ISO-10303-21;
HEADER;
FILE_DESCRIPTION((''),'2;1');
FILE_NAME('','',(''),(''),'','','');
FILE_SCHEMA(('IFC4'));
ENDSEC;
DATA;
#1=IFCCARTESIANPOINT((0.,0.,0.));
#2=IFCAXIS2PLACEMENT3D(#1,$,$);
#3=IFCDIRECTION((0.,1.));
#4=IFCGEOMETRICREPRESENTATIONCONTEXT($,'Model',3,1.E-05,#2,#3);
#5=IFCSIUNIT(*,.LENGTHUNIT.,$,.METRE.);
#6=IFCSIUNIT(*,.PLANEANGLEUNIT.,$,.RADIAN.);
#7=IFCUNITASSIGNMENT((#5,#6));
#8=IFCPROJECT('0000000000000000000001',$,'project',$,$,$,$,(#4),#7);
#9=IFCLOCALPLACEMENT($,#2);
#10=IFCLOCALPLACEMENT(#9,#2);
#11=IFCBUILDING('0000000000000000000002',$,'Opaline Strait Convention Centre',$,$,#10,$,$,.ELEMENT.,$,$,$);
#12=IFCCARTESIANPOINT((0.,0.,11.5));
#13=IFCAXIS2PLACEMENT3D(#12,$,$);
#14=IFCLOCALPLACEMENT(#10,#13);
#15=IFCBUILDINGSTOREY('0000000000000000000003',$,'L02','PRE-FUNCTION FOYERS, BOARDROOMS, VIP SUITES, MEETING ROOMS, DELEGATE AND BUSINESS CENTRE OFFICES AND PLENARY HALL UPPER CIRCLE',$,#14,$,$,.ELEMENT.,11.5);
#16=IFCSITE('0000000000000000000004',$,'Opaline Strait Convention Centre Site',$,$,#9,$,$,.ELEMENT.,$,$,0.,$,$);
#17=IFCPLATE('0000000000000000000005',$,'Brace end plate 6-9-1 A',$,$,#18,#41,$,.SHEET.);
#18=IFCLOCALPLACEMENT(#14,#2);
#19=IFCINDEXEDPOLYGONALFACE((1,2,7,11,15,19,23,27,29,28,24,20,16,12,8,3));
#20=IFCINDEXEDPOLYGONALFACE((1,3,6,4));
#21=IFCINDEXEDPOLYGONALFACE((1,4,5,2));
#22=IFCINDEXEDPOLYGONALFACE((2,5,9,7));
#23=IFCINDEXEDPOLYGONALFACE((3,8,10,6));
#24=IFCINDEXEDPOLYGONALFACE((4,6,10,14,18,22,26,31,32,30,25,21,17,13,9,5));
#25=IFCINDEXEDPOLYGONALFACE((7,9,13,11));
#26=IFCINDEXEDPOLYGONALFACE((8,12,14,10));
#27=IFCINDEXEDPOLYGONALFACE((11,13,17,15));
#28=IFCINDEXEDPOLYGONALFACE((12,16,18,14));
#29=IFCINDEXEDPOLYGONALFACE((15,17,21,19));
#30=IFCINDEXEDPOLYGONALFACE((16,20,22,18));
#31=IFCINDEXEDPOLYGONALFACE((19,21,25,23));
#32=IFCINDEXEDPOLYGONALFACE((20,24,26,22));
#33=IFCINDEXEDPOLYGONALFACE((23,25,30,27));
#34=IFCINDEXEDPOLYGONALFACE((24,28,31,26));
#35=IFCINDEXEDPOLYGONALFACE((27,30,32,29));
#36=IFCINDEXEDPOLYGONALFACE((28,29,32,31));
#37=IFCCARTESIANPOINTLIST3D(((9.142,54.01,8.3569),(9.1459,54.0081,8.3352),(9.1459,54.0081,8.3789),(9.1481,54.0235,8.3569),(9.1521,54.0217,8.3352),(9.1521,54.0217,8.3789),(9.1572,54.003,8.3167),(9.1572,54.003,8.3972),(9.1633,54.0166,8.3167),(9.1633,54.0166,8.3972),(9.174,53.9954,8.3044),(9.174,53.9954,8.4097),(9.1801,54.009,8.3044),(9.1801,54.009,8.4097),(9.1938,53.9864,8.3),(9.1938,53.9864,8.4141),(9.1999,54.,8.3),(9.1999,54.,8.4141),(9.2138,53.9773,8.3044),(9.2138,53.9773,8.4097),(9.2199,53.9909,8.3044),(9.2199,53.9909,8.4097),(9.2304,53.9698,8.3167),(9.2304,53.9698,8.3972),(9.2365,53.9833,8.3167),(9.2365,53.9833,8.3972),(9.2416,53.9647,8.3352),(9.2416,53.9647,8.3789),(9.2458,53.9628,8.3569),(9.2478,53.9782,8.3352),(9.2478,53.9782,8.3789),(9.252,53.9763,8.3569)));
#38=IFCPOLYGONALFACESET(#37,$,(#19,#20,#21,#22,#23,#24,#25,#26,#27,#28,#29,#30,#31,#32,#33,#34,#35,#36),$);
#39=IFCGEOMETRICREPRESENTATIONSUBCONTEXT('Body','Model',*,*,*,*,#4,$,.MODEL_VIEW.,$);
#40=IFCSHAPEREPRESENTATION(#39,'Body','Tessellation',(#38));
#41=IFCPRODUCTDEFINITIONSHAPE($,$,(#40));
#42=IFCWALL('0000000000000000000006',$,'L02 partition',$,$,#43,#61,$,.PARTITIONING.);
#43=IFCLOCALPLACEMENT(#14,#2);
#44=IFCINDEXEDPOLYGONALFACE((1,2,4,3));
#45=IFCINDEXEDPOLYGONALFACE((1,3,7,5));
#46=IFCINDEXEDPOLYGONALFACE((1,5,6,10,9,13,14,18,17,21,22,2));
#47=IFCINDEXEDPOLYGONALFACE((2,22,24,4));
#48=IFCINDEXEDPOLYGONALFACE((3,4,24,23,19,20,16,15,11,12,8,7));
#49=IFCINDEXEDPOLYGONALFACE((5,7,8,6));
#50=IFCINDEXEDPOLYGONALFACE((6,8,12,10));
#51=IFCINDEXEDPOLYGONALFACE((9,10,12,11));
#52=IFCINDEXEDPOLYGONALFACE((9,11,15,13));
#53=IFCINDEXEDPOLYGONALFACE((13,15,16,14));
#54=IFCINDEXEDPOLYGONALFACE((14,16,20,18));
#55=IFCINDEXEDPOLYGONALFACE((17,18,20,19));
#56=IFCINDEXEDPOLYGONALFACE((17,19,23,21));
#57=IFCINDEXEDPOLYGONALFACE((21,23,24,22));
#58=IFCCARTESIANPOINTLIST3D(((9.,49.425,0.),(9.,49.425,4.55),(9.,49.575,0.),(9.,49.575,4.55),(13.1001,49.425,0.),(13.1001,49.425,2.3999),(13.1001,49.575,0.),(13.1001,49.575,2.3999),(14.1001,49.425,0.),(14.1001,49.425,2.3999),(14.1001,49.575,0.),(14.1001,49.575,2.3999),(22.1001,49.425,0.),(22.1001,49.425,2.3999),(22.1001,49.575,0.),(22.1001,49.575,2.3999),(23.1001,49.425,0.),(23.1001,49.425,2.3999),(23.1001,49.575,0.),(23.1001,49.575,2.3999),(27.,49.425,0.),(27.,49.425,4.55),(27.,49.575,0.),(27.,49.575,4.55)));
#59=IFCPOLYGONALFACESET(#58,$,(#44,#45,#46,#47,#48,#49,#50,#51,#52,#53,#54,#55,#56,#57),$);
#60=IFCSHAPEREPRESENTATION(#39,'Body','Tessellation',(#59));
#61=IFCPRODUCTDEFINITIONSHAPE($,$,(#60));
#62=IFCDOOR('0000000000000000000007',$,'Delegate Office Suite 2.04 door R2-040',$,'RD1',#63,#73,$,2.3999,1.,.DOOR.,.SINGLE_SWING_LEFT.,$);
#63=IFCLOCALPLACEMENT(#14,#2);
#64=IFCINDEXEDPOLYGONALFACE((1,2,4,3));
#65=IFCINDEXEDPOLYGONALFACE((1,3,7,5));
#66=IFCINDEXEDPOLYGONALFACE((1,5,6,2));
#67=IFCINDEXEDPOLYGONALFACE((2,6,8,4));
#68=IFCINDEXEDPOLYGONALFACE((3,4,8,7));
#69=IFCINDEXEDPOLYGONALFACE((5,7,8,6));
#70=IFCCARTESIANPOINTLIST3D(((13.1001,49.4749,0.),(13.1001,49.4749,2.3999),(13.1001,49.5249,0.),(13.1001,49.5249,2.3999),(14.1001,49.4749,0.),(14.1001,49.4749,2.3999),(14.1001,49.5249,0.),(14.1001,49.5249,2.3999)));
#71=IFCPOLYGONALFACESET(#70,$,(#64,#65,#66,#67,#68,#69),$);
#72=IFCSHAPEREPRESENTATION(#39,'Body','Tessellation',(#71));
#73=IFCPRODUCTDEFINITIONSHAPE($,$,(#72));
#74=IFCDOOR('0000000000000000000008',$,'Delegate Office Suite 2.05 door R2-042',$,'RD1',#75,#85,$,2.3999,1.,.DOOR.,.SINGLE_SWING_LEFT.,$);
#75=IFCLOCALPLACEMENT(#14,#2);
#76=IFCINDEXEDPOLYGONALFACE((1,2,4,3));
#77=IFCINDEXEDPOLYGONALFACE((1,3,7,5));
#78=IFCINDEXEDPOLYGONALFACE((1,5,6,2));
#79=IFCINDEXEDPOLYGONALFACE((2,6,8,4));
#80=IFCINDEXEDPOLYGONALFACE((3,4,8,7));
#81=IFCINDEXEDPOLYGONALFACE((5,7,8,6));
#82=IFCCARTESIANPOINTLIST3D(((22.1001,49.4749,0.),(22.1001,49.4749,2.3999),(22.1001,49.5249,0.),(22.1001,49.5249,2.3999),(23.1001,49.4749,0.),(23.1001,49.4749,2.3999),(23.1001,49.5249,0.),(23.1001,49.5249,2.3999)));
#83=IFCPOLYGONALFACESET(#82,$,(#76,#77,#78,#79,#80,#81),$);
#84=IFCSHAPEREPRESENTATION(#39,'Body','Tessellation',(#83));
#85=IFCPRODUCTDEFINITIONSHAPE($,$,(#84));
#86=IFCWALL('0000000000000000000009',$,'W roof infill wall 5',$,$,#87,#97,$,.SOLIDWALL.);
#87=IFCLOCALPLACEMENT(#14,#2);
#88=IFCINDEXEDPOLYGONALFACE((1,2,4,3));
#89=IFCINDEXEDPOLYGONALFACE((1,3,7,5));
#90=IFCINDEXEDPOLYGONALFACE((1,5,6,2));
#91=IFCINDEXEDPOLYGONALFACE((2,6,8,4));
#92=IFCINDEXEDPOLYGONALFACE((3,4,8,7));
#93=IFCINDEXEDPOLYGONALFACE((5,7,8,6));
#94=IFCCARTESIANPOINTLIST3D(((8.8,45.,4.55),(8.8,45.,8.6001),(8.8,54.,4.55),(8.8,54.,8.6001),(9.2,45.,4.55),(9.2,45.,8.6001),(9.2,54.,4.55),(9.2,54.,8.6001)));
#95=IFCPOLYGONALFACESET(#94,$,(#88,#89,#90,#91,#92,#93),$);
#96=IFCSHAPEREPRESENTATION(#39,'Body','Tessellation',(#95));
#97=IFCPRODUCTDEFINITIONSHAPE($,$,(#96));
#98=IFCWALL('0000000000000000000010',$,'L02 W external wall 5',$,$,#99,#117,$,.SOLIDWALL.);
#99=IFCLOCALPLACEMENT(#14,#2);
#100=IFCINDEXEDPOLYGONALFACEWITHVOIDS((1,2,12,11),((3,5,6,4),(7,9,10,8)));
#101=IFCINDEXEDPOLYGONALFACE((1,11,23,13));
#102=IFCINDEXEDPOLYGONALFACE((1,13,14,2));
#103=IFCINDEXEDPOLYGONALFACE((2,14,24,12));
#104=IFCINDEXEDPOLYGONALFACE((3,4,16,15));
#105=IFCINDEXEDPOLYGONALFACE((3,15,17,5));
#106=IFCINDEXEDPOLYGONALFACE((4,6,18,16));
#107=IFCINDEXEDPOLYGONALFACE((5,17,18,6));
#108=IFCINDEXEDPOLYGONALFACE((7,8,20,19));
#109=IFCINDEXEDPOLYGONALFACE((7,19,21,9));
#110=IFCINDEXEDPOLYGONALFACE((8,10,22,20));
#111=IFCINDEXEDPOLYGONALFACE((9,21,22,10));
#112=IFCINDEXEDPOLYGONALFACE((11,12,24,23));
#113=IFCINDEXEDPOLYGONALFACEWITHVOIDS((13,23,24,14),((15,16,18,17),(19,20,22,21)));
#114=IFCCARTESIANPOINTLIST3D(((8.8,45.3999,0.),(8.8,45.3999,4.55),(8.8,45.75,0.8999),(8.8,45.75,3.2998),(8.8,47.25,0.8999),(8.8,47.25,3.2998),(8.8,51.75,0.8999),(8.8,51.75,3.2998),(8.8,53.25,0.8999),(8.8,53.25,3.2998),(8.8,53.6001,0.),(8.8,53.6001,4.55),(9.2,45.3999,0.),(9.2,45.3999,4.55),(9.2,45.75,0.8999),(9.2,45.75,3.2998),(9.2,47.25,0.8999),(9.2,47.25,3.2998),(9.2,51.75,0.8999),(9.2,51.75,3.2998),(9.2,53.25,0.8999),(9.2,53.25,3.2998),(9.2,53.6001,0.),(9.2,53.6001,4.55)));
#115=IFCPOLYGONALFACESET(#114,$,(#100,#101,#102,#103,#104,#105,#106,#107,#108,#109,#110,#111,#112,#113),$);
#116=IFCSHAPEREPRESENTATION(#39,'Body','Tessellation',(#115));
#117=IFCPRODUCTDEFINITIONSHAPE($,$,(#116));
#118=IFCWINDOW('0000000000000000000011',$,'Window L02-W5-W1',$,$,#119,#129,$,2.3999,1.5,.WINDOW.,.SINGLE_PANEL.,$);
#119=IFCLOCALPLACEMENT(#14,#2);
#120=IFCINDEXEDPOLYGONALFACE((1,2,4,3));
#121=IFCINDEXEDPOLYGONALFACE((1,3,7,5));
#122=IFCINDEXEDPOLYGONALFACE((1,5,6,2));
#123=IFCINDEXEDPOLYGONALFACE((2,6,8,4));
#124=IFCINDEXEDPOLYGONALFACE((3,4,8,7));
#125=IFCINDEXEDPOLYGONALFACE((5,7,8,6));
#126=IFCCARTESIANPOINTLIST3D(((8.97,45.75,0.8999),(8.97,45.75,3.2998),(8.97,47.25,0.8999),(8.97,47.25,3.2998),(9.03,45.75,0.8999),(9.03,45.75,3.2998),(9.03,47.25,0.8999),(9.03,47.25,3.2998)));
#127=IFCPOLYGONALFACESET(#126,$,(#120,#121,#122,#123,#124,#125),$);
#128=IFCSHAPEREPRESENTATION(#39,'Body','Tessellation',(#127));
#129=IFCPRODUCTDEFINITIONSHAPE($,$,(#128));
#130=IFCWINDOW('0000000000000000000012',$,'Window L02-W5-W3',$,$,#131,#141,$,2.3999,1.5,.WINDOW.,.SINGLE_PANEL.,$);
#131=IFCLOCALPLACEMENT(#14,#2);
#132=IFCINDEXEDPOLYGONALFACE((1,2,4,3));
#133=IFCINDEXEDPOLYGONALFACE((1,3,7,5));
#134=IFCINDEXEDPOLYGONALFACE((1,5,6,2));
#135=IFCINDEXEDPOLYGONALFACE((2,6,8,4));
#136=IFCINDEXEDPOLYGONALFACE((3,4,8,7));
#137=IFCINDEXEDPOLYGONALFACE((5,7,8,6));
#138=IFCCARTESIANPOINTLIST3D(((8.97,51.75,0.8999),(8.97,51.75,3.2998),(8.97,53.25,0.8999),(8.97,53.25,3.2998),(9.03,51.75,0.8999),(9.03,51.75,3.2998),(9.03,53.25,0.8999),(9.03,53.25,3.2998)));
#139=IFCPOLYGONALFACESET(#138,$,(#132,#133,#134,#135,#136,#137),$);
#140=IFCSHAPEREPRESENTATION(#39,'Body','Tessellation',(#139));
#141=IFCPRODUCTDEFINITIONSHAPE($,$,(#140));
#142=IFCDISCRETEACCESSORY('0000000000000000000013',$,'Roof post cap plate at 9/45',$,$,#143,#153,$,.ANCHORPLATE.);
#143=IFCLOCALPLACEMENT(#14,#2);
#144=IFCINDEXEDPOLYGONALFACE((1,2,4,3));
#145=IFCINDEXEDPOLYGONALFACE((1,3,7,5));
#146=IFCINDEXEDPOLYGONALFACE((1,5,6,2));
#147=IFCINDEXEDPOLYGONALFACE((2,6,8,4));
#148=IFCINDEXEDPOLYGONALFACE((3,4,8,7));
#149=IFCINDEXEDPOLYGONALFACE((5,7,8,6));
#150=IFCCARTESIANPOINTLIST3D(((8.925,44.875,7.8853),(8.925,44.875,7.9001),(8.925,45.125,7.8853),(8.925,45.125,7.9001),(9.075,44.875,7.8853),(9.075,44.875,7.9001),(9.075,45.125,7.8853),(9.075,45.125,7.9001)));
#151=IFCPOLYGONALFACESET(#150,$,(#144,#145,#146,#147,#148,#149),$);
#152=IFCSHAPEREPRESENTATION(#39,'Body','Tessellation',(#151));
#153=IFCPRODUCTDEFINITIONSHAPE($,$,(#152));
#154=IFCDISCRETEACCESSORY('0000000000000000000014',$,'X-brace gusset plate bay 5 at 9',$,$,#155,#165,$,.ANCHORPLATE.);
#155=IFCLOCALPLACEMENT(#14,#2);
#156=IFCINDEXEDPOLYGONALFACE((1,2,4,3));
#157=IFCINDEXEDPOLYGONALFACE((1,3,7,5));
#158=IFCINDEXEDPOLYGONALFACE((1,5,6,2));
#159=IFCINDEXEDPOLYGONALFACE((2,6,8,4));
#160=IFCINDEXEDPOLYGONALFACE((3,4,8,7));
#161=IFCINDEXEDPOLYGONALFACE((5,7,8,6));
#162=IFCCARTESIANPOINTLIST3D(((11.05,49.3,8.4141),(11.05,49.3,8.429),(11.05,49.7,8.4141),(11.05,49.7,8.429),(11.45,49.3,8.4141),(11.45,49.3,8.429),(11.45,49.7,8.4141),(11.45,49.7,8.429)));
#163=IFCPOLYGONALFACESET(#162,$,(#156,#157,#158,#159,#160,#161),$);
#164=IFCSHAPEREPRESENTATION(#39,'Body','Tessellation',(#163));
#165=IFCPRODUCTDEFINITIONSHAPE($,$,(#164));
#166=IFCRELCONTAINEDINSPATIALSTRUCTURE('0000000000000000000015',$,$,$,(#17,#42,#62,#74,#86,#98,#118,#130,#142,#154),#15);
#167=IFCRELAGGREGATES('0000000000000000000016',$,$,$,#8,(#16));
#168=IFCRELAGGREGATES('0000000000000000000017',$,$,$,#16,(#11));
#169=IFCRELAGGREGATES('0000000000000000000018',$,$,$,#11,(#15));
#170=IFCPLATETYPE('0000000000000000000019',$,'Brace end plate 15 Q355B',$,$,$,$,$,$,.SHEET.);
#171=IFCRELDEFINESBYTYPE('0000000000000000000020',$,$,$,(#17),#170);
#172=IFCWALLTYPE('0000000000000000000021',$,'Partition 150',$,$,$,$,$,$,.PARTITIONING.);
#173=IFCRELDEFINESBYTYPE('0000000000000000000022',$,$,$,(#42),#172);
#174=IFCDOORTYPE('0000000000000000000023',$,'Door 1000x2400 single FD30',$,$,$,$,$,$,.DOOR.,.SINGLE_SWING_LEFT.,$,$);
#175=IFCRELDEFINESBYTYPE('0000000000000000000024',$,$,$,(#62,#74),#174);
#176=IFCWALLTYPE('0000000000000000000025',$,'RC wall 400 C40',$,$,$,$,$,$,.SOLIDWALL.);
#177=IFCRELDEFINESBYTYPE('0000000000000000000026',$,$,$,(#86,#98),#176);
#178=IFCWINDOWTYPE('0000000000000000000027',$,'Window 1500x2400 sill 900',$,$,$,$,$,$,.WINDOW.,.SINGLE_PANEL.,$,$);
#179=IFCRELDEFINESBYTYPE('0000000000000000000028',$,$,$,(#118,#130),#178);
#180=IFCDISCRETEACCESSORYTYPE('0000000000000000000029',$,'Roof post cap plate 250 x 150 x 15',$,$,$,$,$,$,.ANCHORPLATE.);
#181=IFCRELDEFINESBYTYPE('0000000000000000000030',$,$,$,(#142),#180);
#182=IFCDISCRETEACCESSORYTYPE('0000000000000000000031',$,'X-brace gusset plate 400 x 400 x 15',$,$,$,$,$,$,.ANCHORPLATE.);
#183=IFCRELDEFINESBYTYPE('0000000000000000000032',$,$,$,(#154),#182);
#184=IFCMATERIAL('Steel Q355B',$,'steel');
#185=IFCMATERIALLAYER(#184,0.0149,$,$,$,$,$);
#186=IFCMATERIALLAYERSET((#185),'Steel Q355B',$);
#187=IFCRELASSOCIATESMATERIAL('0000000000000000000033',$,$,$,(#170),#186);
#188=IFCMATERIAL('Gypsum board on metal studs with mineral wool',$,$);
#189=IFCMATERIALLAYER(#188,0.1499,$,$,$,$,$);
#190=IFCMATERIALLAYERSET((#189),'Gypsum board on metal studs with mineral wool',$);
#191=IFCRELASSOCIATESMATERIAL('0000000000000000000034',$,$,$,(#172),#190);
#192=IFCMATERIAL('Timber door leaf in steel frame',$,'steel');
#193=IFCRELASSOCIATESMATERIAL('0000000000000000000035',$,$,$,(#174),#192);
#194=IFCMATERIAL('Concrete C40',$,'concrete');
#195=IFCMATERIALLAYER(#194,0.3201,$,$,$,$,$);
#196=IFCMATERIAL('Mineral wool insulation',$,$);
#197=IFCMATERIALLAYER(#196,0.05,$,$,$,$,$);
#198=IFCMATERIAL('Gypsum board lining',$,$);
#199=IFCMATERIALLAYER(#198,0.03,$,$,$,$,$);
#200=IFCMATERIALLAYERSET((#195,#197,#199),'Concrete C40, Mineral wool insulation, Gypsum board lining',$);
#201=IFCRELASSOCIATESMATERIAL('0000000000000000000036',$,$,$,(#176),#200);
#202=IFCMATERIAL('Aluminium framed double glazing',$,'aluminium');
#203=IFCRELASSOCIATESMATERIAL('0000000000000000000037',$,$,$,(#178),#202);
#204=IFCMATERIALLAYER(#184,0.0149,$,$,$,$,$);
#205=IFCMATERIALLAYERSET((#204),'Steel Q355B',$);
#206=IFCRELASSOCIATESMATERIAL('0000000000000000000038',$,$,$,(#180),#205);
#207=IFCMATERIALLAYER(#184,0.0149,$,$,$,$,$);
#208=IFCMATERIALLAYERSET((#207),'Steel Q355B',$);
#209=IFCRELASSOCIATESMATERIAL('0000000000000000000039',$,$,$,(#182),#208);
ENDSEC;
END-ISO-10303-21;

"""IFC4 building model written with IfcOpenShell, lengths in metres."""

from ifc_helpers import new_model, si_unit, direction, frame, frame_2d, origin, origin_2d, place, context, subcontext, project, spatial, polyline, rectangle, outline, extrude, material, layer, layer_set, type_object, element, fill, save


model = new_model("IFC4")

# Units and contexts
model_context = context("Model", 3, precision=1e-05, world=origin(), true_north=direction((0.0, 1.0)))
body_context = subcontext(model_context, "Body", "Model", "MODEL_VIEW")
ifc_project = project(units=[si_unit("LENGTHUNIT", "METRE"), si_unit("PLANEANGLEUNIT", "RADIAN")], contexts=[model_context])

# Site, building, storey
site_placement = place(None, origin())
site = spatial("IfcSite", under=ifc_project, at=site_placement, Name="Opaline Strait Convention Centre Site", CompositionType="ELEMENT", RefElevation=0.0)
building_placement = place(site_placement, origin())
building = spatial("IfcBuilding", under=site, at=building_placement, Name="Opaline Strait Convention Centre", CompositionType="ELEMENT")
storey_placement = place(building_placement, frame((0.0, 0.0, 11.5)))
storey = spatial("IfcBuildingStorey", under=building, at=storey_placement, Name="L02", Description="PRE-FUNCTION FOYERS, BOARDROOMS, VIP SUITES, MEETING ROOMS, DELEGATE AND BUSINESS CENTRE OFFICES AND PLENARY HALL UPPER CIRCLE", CompositionType="ELEMENT", Elevation=11.5)

# Shared definitions
ifc_material_1 = material(Name="Concrete C40", Category="concrete")

# Shared definitions
ifc_material_2 = material(Name="Steel Q355B", Category="steel")

# Plate
ifc_layer_1 = layer(ifc_material_2, 0.0149)
ifc_layer_set_1 = layer_set([ifc_layer_1], Name="Steel Q355B")
plate_type = type_object("IfcPlateType", Name="Brace end plate 15 Q355B", PredefinedType="SHEET", material=ifc_layer_set_1)
plate_1_placement = place(storey_placement, frame((9.252, 53.9763, 8.3569), z_axis=(0.413759, 0.910386, 0.0), x_axis=(-0.188026, 0.085456, -0.978439)))
element("IfcPlate", 1, at=plate_1_placement, inside=storey, type_object=plate_type, Name="Brace end plate 6-9-1 A", PredefinedType="SHEET", context=body_context, shape_type="SweptSolid", body=[
    extrude(outline(polyline([(0.0, 0.0), (0.0222, 0.0), (0.0429, 0.0082), (0.0586, 0.0236), (0.0675, 0.0442), (0.0677, 0.0663), (0.0595, 0.0869), (0.0439, 0.1028), (0.0236, 0.1116), (0.0012, 0.1119), (-0.0193, 0.1036), (-0.0353, 0.0881), (-0.0441, 0.0677), (-0.0443, 0.0453), (-0.0359, 0.0249), (-0.0206, 0.009), (0.0, 0.0)])), origin(), (0.0, 0.0, -1.0), 0.0149),
])

# Wall, openings, doors
ifc_material_3 = material(Name="Gypsum board on metal studs with mineral wool")
ifc_layer_2 = layer(ifc_material_3, 0.1499)
ifc_layer_set_2 = layer_set([ifc_layer_2], Name="Gypsum board on metal studs with mineral wool")
wall_type_1 = type_object("IfcWallType", Name="Partition 150", PredefinedType="PARTITIONING", material=ifc_layer_set_2)
wall_1_placement = place(storey_placement, frame((9.0, 49.5, 0.0), z_axis=(0.0, 0.0, 1.0), x_axis=(1.0, 0.0, 0.0)))
wall_1 = element("IfcWall", 2, at=wall_1_placement, inside=storey, type_object=wall_type_1, Name="L02 partition", PredefinedType="PARTITIONING", context=body_context, shape_type="SweptSolid", body=[
    extrude(rectangle(XDim=18.0, YDim=0.1499, at=frame_2d((9.0, 0.0))), origin(), (0.0, 0.0, 1.0), 4.55),
])
opening_1_placement = place(wall_1_placement, frame((4.1001, 0.0, 0.0)))
opening_1 = element("IfcOpeningElement", 3, at=opening_1_placement, cuts=wall_1, PredefinedType="OPENING", context=body_context, shape_type="SweptSolid", body=[
    extrude(rectangle(XDim=1.0, YDim=2.3999, at=frame_2d((0.5, 1.2))), frame((0.0, 0.085, 0.0), z_axis=(0.0, -1.0, 0.0), x_axis=(1.0, 0.0, 0.0)), (0.0, 0.0, 1.0), 0.1699),
])
opening_2_placement = place(wall_1_placement, frame((13.1001, 0.0, 0.0)))
opening_2 = element("IfcOpeningElement", 4, at=opening_2_placement, cuts=wall_1, PredefinedType="OPENING", context=body_context, shape_type="SweptSolid", body=[
    extrude(rectangle(XDim=1.0, YDim=2.3999, at=frame_2d((0.5, 1.2))), frame((0.0, 0.085, 0.0), z_axis=(0.0, -1.0, 0.0), x_axis=(1.0, 0.0, 0.0)), (0.0, 0.0, 1.0), 0.1699),
])
ifc_material_4 = material(Name="Timber door leaf in steel frame", Category="steel")
door_type = type_object("IfcDoorType", Name="Door 1000x2400 single FD30", OperationType="SINGLE_SWING_LEFT", PredefinedType="DOOR", material=ifc_material_4)
door_1_placement = place(opening_1_placement, origin())
door_1 = element("IfcDoor", 5, at=door_1_placement, inside=storey, type_object=door_type, Name="Delegate Office Suite 2.04 door R2-040", ObjectType="RD1", OperationType="SINGLE_SWING_LEFT", OverallHeight=2.3999, OverallWidth=1.0, PredefinedType="DOOR", context=body_context, shape_type="SweptSolid", body=[
    extrude(rectangle(XDim=1.0, YDim=2.3999, at=frame_2d((0.5, 1.2))), frame((0.0, 0.0249, 0.0), z_axis=(0.0, -1.0, 0.0), x_axis=(1.0, 0.0, 0.0)), (0.0, 0.0, 1.0), 0.05),
])
fill(opening_1, door_1)
door_2_placement = place(opening_2_placement, origin())
door_2 = element("IfcDoor", 6, at=door_2_placement, inside=storey, type_object=door_type, Name="Delegate Office Suite 2.05 door R2-042", ObjectType="RD1", OperationType="SINGLE_SWING_LEFT", OverallHeight=2.3999, OverallWidth=1.0, PredefinedType="DOOR", context=body_context, shape_type="SweptSolid", body=[
    extrude(rectangle(XDim=1.0, YDim=2.3999, at=frame_2d((0.5, 1.2))), frame((0.0, 0.0249, 0.0), z_axis=(0.0, -1.0, 0.0), x_axis=(1.0, 0.0, 0.0)), (0.0, 0.0, 1.0), 0.05),
])
fill(opening_2, door_2)

# Wall
ifc_layer_3 = layer(ifc_material_1, 0.3201)
ifc_material_5 = material(Name="Mineral wool insulation")
ifc_layer_4 = layer(ifc_material_5, 0.05)
ifc_material_6 = material(Name="Gypsum board lining")
ifc_layer_5 = layer(ifc_material_6, 0.03)
ifc_layer_set_3 = layer_set([ifc_layer_3, ifc_layer_4, ifc_layer_5], Name="Concrete C40, Mineral wool insulation, Gypsum board lining")
wall_type_2 = type_object("IfcWallType", Name="RC wall 400 C40", PredefinedType="SOLIDWALL", material=ifc_layer_set_3)
wall_2_placement = place(storey_placement, frame((9.0, 45.0, 4.55), z_axis=(0.0, 0.0, 1.0), x_axis=(0.0, 1.0, 0.0)))
element("IfcWall", 7, at=wall_2_placement, inside=storey, type_object=wall_type_2, Name="W roof infill wall 5", PredefinedType="SOLIDWALL", context=body_context, shape_type="SweptSolid", body=[
    extrude(rectangle(XDim=9.0, YDim=0.3999, at=frame_2d((4.5, 0.0))), origin(), (0.0, 0.0, 1.0), 4.05),
])

# Wall, openings, windows
wall_3_placement = place(storey_placement, frame((9.0, 45.3999, 0.0), z_axis=(0.0, 0.0, 1.0), x_axis=(0.0, 1.0, 0.0)))
wall_3 = element("IfcWall", 8, at=wall_3_placement, inside=storey, type_object=wall_type_2, Name="L02 W external wall 5", PredefinedType="SOLIDWALL", context=body_context, shape_type="SweptSolid", body=[
    extrude(rectangle(XDim=8.2002, YDim=0.3999, at=frame_2d((4.1001, 0.0))), origin(), (0.0, 0.0, 1.0), 4.55),
])
opening_3_placement = place(wall_3_placement, frame((0.3501, 0.0, 0.8999)))
opening_3 = element("IfcOpeningElement", 9, at=opening_3_placement, cuts=wall_3, PredefinedType="OPENING", context=body_context, shape_type="SweptSolid", body=[
    extrude(rectangle(XDim=1.5, YDim=2.3999, at=frame_2d((0.75, 1.2))), frame((0.0, 0.21, 0.0), z_axis=(0.0, -1.0, 0.0), x_axis=(1.0, 0.0, 0.0)), (0.0, 0.0, 1.0), 0.4199),
])
opening_4_placement = place(wall_3_placement, frame((6.3501, 0.0, 0.8999)))
opening_4 = element("IfcOpeningElement", 10, at=opening_4_placement, cuts=wall_3, PredefinedType="OPENING", context=body_context, shape_type="SweptSolid", body=[
    extrude(rectangle(XDim=1.5, YDim=2.3999, at=frame_2d((0.75, 1.2))), frame((0.0, 0.21, 0.0), z_axis=(0.0, -1.0, 0.0), x_axis=(1.0, 0.0, 0.0)), (0.0, 0.0, 1.0), 0.4199),
])
ifc_material_7 = material(Name="Aluminium framed double glazing", Category="aluminium")
window_type = type_object("IfcWindowType", Name="Window 1500x2400 sill 900", PartitioningType="SINGLE_PANEL", PredefinedType="WINDOW", material=ifc_material_7)
window_1_placement = place(opening_3_placement, origin())
window_1 = element("IfcWindow", 11, at=window_1_placement, inside=storey, type_object=window_type, Name="Window L02-W5-W1", OverallHeight=2.3999, OverallWidth=1.5, PartitioningType="SINGLE_PANEL", PredefinedType="WINDOW", context=body_context, shape_type="SweptSolid", body=[
    extrude(rectangle(XDim=1.5, YDim=2.3999, at=frame_2d((0.75, 1.2))), frame((0.0, 0.03, 0.0), z_axis=(0.0, -1.0, 0.0), x_axis=(1.0, 0.0, 0.0)), (0.0, 0.0, 1.0), 0.0601),
])
fill(opening_3, window_1)
window_2_placement = place(opening_4_placement, origin())
window_2 = element("IfcWindow", 12, at=window_2_placement, inside=storey, type_object=window_type, Name="Window L02-W5-W3", OverallHeight=2.3999, OverallWidth=1.5, PartitioningType="SINGLE_PANEL", PredefinedType="WINDOW", context=body_context, shape_type="SweptSolid", body=[
    extrude(rectangle(XDim=1.5, YDim=2.3999, at=frame_2d((0.75, 1.2))), frame((0.0, 0.03, 0.0), z_axis=(0.0, -1.0, 0.0), x_axis=(1.0, 0.0, 0.0)), (0.0, 0.0, 1.0), 0.0601),
])
fill(opening_4, window_2)

# Discrete accessories
ifc_layer_6 = layer(ifc_material_2, 0.0149)
ifc_layer_set_4 = layer_set([ifc_layer_6], Name="Steel Q355B")
discrete_accessory_type_1 = type_object("IfcDiscreteAccessoryType", Name="Roof post cap plate 250 x 150 x 15", PredefinedType="ANCHORPLATE", material=ifc_layer_set_4)
discrete_accessory_1_placement = place(storey_placement, frame((9.0, 45.0, 7.8853), z_axis=(0.0, 0.0, 1.0), x_axis=(1.0, 0.0, 0.0)))
element("IfcDiscreteAccessory", 13, at=discrete_accessory_1_placement, inside=storey, type_object=discrete_accessory_type_1, Name="Roof post cap plate at 9/45", PredefinedType="ANCHORPLATE", context=body_context, shape_type="SweptSolid", body=[
    extrude(rectangle(XDim=0.1499, YDim=0.25, at=origin_2d()), origin(), (0.0, 0.0, 1.0), 0.0149),
])
ifc_layer_7 = layer(ifc_material_2, 0.0149)
ifc_layer_set_5 = layer_set([ifc_layer_7], Name="Steel Q355B")
discrete_accessory_type_2 = type_object("IfcDiscreteAccessoryType", Name="X-brace gusset plate 400 x 400 x 15", PredefinedType="ANCHORPLATE", material=ifc_layer_set_5)
discrete_accessory_2_placement = place(storey_placement, frame((11.25, 49.5, 8.4141), z_axis=(0.0, 0.0, 1.0), x_axis=(1.0, 0.0, 0.0)))
element("IfcDiscreteAccessory", 14, at=discrete_accessory_2_placement, inside=storey, type_object=discrete_accessory_type_2, Name="X-brace gusset plate bay 5 at 9", PredefinedType="ANCHORPLATE", context=body_context, shape_type="SweptSolid", body=[
    extrude(rectangle(XDim=0.3999, YDim=0.3999, at=origin_2d()), origin(), (0.0, 0.0, 1.0), 0.0149),
])

save(model, "model.ifc")
